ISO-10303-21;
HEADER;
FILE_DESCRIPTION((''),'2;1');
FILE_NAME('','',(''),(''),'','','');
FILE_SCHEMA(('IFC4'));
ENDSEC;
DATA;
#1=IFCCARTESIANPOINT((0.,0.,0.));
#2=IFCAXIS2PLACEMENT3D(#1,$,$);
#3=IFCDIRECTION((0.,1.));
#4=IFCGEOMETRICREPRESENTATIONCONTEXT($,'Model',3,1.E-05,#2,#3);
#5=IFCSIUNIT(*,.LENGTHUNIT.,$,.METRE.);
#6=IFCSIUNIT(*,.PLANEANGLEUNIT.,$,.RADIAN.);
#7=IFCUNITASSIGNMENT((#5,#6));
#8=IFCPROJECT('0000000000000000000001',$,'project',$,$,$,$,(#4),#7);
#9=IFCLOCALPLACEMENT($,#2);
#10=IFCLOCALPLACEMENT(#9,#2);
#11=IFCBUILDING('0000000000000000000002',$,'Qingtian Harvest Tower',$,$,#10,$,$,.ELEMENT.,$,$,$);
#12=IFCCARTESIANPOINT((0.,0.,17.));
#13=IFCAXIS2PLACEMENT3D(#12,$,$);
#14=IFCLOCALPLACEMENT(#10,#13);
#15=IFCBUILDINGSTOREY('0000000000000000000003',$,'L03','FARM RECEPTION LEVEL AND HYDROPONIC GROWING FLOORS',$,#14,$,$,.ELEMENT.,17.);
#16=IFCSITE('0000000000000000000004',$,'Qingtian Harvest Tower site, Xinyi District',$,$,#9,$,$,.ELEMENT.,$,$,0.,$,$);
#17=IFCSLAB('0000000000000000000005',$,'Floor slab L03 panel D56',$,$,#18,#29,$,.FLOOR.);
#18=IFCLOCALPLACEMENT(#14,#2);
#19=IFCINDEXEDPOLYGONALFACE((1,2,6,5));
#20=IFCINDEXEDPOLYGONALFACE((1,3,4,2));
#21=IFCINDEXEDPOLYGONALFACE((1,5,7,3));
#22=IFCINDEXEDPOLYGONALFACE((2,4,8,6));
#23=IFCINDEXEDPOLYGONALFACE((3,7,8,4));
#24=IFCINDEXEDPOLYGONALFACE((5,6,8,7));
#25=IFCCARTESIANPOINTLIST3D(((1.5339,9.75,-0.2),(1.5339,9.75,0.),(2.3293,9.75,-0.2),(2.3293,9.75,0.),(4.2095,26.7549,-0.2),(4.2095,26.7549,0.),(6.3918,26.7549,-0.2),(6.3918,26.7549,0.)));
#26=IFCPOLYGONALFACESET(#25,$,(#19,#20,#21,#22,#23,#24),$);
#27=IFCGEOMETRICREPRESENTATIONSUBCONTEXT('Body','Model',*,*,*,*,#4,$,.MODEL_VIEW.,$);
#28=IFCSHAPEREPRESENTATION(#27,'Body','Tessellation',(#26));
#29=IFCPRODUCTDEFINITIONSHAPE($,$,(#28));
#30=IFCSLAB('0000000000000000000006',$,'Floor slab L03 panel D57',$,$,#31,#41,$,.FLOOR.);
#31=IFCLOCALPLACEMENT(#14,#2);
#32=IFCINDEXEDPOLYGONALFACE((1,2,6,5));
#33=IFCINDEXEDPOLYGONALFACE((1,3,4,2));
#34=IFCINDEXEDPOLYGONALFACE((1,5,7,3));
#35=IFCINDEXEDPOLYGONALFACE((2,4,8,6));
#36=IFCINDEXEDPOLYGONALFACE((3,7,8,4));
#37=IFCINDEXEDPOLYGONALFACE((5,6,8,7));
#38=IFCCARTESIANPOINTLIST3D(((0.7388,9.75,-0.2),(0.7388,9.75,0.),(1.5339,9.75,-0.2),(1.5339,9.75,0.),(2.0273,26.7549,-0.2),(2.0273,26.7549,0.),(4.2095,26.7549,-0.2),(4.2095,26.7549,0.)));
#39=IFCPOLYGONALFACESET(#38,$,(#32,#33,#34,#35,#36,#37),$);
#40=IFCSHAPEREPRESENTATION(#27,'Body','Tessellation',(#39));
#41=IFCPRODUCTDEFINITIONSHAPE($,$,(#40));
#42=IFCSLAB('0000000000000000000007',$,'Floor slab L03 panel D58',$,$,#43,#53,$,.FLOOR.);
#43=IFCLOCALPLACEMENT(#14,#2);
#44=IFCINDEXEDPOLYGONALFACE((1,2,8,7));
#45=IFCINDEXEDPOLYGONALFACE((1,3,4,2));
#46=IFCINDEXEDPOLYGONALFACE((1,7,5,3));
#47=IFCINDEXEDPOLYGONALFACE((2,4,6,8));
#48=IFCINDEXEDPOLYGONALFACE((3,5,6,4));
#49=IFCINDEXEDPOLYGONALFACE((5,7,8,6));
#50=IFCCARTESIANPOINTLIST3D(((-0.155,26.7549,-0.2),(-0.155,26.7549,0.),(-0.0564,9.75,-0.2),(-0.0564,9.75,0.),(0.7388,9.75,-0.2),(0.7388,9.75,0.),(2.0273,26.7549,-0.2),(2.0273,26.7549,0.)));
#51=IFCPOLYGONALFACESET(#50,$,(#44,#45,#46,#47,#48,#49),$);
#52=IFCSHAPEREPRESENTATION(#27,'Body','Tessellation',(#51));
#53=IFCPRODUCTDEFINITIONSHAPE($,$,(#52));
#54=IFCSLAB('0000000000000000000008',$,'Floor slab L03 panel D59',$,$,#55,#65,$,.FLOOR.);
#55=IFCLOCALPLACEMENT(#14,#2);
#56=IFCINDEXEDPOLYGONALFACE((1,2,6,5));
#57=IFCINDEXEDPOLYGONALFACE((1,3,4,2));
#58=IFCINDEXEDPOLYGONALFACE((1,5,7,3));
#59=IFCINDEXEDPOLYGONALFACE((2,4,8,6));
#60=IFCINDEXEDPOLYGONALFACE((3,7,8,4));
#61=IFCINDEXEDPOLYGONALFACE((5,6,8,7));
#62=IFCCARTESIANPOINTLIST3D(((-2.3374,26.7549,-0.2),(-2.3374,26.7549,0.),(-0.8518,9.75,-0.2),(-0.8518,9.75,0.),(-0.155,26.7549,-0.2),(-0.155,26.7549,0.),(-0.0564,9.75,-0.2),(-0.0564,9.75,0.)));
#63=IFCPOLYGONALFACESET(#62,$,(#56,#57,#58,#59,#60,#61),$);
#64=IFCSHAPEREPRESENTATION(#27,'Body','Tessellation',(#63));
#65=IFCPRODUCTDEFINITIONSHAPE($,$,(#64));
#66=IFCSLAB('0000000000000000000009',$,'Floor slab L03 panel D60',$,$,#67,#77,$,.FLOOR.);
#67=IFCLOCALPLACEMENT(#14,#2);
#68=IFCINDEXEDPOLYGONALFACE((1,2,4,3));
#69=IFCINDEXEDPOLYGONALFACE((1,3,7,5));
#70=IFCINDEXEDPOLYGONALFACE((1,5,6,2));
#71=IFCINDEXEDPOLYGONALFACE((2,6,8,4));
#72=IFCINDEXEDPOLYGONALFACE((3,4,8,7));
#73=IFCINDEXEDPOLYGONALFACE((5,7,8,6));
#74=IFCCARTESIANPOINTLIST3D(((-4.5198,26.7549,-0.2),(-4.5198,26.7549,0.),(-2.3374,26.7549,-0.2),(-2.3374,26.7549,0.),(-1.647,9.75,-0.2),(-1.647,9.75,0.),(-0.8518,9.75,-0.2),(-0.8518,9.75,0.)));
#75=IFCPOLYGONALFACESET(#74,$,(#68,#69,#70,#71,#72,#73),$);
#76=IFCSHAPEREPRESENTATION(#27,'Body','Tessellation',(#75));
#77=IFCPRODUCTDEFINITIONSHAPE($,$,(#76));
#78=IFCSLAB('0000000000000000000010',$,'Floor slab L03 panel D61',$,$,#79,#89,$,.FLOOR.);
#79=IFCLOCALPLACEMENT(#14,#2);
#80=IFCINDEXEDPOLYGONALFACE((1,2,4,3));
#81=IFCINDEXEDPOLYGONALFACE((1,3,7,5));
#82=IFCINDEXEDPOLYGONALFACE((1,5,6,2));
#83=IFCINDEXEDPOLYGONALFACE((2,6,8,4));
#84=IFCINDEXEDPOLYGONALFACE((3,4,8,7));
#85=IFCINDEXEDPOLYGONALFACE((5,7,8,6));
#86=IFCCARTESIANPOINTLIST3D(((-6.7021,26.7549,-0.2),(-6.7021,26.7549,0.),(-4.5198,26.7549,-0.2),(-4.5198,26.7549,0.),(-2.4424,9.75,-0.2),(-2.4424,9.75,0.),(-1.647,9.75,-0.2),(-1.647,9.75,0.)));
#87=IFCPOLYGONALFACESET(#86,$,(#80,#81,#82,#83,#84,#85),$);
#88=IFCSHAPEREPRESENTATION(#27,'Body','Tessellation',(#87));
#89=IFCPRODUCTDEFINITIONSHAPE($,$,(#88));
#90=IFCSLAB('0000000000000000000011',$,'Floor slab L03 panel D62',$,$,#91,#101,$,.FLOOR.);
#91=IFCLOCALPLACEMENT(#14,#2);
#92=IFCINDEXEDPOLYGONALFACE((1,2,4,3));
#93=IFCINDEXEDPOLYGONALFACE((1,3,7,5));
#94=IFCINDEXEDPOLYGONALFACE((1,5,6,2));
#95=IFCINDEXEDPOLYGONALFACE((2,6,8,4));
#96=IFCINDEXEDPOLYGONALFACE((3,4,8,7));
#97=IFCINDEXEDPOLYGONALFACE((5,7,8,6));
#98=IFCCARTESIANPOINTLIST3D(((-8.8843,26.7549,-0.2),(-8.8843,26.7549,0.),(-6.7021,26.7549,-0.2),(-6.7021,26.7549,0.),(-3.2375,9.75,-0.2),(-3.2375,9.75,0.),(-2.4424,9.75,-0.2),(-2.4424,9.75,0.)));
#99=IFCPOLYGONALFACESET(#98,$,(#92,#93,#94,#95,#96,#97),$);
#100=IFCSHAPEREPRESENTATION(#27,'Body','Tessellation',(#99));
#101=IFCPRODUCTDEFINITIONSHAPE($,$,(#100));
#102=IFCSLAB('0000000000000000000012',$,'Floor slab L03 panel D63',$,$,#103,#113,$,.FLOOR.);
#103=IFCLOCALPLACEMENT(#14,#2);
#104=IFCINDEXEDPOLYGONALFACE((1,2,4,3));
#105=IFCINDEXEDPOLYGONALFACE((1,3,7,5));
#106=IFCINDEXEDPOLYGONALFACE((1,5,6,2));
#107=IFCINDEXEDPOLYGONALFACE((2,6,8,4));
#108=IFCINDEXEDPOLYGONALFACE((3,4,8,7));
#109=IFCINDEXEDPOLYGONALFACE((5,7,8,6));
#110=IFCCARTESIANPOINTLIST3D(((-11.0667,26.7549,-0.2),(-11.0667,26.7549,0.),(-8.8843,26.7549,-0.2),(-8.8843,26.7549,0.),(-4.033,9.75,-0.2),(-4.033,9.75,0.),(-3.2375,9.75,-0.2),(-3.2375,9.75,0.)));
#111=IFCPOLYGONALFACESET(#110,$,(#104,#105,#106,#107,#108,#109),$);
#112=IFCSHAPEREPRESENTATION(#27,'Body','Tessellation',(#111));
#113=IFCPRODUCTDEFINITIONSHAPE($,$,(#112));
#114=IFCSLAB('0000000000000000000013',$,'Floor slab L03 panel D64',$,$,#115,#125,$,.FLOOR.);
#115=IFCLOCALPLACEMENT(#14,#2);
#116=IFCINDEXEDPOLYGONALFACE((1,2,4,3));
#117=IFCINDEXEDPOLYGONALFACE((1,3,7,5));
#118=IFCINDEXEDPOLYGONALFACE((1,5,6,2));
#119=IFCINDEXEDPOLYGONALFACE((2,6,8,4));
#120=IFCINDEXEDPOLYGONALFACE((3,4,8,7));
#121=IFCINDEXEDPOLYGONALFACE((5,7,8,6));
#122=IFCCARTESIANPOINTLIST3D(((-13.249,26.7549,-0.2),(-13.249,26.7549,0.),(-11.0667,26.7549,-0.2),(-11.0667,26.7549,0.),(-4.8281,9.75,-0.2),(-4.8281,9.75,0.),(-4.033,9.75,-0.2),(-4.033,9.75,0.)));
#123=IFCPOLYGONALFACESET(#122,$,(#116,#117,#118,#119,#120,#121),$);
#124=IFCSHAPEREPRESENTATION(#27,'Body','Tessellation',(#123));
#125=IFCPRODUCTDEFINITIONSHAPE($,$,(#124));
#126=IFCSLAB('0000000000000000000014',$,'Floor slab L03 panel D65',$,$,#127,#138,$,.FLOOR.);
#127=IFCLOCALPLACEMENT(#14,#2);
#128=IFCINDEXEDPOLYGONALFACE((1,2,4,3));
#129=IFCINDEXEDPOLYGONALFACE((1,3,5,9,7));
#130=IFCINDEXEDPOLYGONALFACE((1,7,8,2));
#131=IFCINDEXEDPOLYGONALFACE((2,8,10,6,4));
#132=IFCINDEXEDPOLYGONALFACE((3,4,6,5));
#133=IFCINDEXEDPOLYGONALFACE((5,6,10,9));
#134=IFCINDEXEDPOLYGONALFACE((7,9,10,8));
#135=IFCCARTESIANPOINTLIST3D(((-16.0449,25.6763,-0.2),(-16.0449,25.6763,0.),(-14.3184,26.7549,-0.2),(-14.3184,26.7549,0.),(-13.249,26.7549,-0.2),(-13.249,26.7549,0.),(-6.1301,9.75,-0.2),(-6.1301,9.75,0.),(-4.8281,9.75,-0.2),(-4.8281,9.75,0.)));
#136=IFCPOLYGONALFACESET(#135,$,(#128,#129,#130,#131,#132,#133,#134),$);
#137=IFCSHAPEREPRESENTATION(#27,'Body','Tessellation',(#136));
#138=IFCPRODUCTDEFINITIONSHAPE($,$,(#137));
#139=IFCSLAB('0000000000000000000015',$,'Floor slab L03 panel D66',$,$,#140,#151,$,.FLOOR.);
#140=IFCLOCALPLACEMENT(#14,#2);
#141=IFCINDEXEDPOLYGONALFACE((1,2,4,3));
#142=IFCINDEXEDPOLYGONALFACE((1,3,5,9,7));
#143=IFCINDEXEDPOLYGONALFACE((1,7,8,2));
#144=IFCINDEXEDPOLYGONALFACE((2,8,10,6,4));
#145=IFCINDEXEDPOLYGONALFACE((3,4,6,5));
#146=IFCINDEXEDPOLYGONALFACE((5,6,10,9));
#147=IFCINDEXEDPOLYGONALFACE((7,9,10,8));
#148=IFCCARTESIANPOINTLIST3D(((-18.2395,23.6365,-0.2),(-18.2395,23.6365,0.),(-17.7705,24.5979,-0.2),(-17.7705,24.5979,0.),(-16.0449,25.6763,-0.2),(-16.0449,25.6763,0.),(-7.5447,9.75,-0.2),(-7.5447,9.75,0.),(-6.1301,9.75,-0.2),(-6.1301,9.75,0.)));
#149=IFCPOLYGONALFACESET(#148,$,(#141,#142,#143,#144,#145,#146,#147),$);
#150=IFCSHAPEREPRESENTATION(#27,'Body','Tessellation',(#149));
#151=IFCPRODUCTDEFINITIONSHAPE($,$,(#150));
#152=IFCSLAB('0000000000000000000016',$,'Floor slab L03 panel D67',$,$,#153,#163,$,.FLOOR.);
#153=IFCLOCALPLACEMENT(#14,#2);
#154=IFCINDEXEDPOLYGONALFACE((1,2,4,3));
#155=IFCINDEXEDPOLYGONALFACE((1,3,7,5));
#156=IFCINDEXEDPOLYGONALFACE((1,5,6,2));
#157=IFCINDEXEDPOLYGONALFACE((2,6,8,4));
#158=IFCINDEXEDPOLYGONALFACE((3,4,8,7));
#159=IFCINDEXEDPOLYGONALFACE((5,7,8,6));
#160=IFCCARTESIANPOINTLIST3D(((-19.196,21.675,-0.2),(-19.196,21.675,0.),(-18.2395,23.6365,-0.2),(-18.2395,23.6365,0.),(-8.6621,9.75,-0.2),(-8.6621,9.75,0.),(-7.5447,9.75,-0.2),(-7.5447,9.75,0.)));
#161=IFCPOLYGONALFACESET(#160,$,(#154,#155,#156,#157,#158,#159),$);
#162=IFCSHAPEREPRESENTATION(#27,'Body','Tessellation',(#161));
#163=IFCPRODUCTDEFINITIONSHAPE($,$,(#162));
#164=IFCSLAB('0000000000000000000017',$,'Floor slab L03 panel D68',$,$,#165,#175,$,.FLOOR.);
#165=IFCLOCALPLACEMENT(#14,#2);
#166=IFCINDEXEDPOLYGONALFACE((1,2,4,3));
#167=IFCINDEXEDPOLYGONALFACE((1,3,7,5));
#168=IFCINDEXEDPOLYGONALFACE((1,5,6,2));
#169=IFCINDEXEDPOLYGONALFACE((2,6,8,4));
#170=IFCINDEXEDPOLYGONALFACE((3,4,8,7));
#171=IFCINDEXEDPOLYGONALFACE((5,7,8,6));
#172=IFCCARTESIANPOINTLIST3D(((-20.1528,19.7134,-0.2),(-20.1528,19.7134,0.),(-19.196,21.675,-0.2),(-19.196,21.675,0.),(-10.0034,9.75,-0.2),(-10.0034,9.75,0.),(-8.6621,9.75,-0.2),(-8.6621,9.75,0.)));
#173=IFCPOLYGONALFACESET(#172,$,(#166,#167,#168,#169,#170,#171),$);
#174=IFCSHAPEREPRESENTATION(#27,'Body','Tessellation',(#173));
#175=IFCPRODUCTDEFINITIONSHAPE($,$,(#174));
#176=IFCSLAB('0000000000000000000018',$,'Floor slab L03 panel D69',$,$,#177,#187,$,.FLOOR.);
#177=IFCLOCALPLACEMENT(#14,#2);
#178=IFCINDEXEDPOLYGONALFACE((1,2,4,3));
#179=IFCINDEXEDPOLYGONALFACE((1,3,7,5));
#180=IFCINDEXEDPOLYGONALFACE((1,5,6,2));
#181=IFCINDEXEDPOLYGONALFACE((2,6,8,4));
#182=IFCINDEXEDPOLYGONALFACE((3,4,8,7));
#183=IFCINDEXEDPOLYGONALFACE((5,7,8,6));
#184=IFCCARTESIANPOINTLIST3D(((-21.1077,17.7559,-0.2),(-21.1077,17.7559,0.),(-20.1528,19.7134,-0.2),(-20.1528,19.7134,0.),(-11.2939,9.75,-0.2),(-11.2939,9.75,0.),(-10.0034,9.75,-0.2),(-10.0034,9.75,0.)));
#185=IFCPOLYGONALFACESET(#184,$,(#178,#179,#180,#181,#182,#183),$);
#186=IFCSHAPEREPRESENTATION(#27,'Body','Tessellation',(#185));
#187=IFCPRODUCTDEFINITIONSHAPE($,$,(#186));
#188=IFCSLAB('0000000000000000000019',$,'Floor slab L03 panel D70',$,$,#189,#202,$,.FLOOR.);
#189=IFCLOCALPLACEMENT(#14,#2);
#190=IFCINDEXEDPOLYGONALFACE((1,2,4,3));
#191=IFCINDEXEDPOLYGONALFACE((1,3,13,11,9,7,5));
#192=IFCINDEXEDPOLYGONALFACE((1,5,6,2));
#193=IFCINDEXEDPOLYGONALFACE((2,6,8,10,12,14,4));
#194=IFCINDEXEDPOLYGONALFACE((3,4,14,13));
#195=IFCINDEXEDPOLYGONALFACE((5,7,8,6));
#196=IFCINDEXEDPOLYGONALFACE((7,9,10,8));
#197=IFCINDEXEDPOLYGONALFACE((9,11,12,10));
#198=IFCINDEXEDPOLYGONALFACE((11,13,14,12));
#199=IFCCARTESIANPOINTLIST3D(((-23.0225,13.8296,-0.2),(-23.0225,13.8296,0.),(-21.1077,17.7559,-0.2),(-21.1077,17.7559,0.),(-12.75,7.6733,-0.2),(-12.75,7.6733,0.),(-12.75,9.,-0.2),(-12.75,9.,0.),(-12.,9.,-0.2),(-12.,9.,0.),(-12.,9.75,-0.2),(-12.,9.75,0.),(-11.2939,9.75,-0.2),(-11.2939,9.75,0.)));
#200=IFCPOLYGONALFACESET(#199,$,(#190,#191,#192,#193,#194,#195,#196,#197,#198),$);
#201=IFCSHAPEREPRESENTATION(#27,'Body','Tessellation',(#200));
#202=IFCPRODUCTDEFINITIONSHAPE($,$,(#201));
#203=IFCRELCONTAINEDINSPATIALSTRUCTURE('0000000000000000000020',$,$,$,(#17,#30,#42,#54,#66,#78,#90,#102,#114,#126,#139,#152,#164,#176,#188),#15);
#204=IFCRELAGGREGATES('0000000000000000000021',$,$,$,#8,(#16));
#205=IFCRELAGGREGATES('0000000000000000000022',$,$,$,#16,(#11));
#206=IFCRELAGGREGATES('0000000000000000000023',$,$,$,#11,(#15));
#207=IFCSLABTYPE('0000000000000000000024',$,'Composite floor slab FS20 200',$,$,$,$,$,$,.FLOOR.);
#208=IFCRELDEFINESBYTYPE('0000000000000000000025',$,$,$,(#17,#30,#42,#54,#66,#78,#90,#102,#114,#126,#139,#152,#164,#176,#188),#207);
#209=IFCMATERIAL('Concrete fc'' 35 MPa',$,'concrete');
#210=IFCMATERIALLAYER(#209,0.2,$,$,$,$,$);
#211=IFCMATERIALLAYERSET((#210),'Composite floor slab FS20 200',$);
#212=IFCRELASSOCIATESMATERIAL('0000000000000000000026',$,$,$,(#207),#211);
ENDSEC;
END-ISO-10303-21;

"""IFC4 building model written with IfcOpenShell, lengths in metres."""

from ifc_helpers import new_model, si_unit, direction, frame, origin, place, context, subcontext, project, spatial, polyline, outline, extrude, material, layer, layer_set, type_object, element, save


model = new_model("IFC4")

# Units and contexts
model_context = context("Model", 3, precision=1e-05, world=origin(), true_north=direction((0.0, 1.0)))
body_context = subcontext(model_context, "Body", "Model", "MODEL_VIEW")
ifc_project = project(units=[si_unit("LENGTHUNIT", "METRE"), si_unit("PLANEANGLEUNIT", "RADIAN")], contexts=[model_context])

# Site, building, storey
site_placement = place(None, origin())
site = spatial("IfcSite", under=ifc_project, at=site_placement, Name="Qingtian Harvest Tower site, Xinyi District", CompositionType="ELEMENT", RefElevation=0.0)
building_placement = place(site_placement, origin())
building = spatial("IfcBuilding", under=site, at=building_placement, Name="Qingtian Harvest Tower", CompositionType="ELEMENT")
storey_placement = place(building_placement, frame((0.0, 0.0, 17.0)))
storey = spatial("IfcBuildingStorey", under=building, at=storey_placement, Name="L03", Description="FARM RECEPTION LEVEL AND HYDROPONIC GROWING FLOORS", CompositionType="ELEMENT", Elevation=17.0)

# Slabs
ifc_material = material(Name="Concrete fc' 35 MPa", Category="concrete")
ifc_layer = layer(ifc_material, 0.2)
ifc_layer_set = layer_set([ifc_layer], Name="Composite floor slab FS20 200")
slab_type = type_object("IfcSlabType", Name="Composite floor slab FS20 200", PredefinedType="FLOOR", material=ifc_layer_set)
slab_1_placement = place(storey_placement, frame((0.0, 0.0, -0.2)))
element("IfcSlab", 1, at=slab_1_placement, inside=storey, type_object=slab_type, Name="Floor slab L03 panel D56", PredefinedType="FLOOR", context=body_context, shape_type="SweptSolid", body=[
    extrude(outline(polyline([(1.5339, 9.75), (4.2095, 26.7549), (6.3918, 26.7549), (2.3293, 9.75), (1.5339, 9.75)])), origin(), (0.0, 0.0, 1.0), 0.2),
])
slab_2_placement = place(storey_placement, frame((0.0, 0.0, -0.2)))
element("IfcSlab", 2, at=slab_2_placement, inside=storey, type_object=slab_type, Name="Floor slab L03 panel D57", PredefinedType="FLOOR", context=body_context, shape_type="SweptSolid", body=[
    extrude(outline(polyline([(0.7388, 9.75), (2.0273, 26.7549), (4.2095, 26.7549), (1.5339, 9.75), (0.7388, 9.75)])), origin(), (0.0, 0.0, 1.0), 0.2),
])
slab_3_placement = place(storey_placement, frame((0.0, 0.0, -0.2)))
element("IfcSlab", 3, at=slab_3_placement, inside=storey, type_object=slab_type, Name="Floor slab L03 panel D58", PredefinedType="FLOOR", context=body_context, shape_type="SweptSolid", body=[
    extrude(outline(polyline([(-0.0564, 9.75), (-0.155, 26.7549), (2.0273, 26.7549), (0.7388, 9.75), (-0.0564, 9.75)])), origin(), (0.0, 0.0, 1.0), 0.2),
])
slab_4_placement = place(storey_placement, frame((0.0, 0.0, -0.2)))
element("IfcSlab", 4, at=slab_4_placement, inside=storey, type_object=slab_type, Name="Floor slab L03 panel D59", PredefinedType="FLOOR", context=body_context, shape_type="SweptSolid", body=[
    extrude(outline(polyline([(-0.8518, 9.75), (-2.3374, 26.7549), (-0.155, 26.7549), (-0.0564, 9.75), (-0.8518, 9.75)])), origin(), (0.0, 0.0, 1.0), 0.2),
])
slab_5_placement = place(storey_placement, frame((0.0, 0.0, -0.2)))
element("IfcSlab", 5, at=slab_5_placement, inside=storey, type_object=slab_type, Name="Floor slab L03 panel D60", PredefinedType="FLOOR", context=body_context, shape_type="SweptSolid", body=[
    extrude(outline(polyline([(-1.647, 9.75), (-4.5198, 26.7549), (-2.3374, 26.7549), (-0.8518, 9.75), (-1.647, 9.75)])), origin(), (0.0, 0.0, 1.0), 0.2),
])
slab_6_placement = place(storey_placement, frame((0.0, 0.0, -0.2)))
element("IfcSlab", 6, at=slab_6_placement, inside=storey, type_object=slab_type, Name="Floor slab L03 panel D61", PredefinedType="FLOOR", context=body_context, shape_type="SweptSolid", body=[
    extrude(outline(polyline([(-2.4424, 9.75), (-6.7021, 26.7549), (-4.5198, 26.7549), (-1.647, 9.75), (-2.4424, 9.75)])), origin(), (0.0, 0.0, 1.0), 0.2),
])
slab_7_placement = place(storey_placement, frame((0.0, 0.0, -0.2)))
element("IfcSlab", 7, at=slab_7_placement, inside=storey, type_object=slab_type, Name="Floor slab L03 panel D62", PredefinedType="FLOOR", context=body_context, shape_type="SweptSolid", body=[
    extrude(outline(polyline([(-3.2375, 9.75), (-8.8843, 26.7549), (-6.7021, 26.7549), (-2.4424, 9.75), (-3.2375, 9.75)])), origin(), (0.0, 0.0, 1.0), 0.2),
])
slab_8_placement = place(storey_placement, frame((0.0, 0.0, -0.2)))
element("IfcSlab", 8, at=slab_8_placement, inside=storey, type_object=slab_type, Name="Floor slab L03 panel D63", PredefinedType="FLOOR", context=body_context, shape_type="SweptSolid", body=[
    extrude(outline(polyline([(-4.033, 9.75), (-11.0667, 26.7549), (-8.8843, 26.7549), (-3.2375, 9.75), (-4.033, 9.75)])), origin(), (0.0, 0.0, 1.0), 0.2),
])
slab_9_placement = place(storey_placement, frame((0.0, 0.0, -0.2)))
element("IfcSlab", 9, at=slab_9_placement, inside=storey, type_object=slab_type, Name="Floor slab L03 panel D64", PredefinedType="FLOOR", context=body_context, shape_type="SweptSolid", body=[
    extrude(outline(polyline([(-4.8281, 9.75), (-13.249, 26.7549), (-11.0667, 26.7549), (-4.033, 9.75), (-4.8281, 9.75)])), origin(), (0.0, 0.0, 1.0), 0.2),
])
slab_10_placement = place(storey_placement, frame((0.0, 0.0, -0.2)))
element("IfcSlab", 10, at=slab_10_placement, inside=storey, type_object=slab_type, Name="Floor slab L03 panel D65", PredefinedType="FLOOR", context=body_context, shape_type="SweptSolid", body=[
    extrude(outline(polyline([(-4.8281, 9.75), (-6.1301, 9.75), (-16.0449, 25.6763), (-14.3184, 26.7549), (-13.249, 26.7549), (-4.8281, 9.75)])), origin(), (0.0, 0.0, 1.0), 0.2),
])
slab_11_placement = place(storey_placement, frame((0.0, 0.0, -0.2)))
element("IfcSlab", 11, at=slab_11_placement, inside=storey, type_object=slab_type, Name="Floor slab L03 panel D66", PredefinedType="FLOOR", context=body_context, shape_type="SweptSolid", body=[
    extrude(outline(polyline([(-6.1301, 9.75), (-7.5447, 9.75), (-18.2395, 23.6365), (-17.7705, 24.5979), (-16.0449, 25.6763), (-6.1301, 9.75)])), origin(), (0.0, 0.0, 1.0), 0.2),
])
slab_12_placement = place(storey_placement, frame((0.0, 0.0, -0.2)))
element("IfcSlab", 12, at=slab_12_placement, inside=storey, type_object=slab_type, Name="Floor slab L03 panel D67", PredefinedType="FLOOR", context=body_context, shape_type="SweptSolid", body=[
    extrude(outline(polyline([(-8.6621, 9.75), (-19.196, 21.675), (-18.2395, 23.6365), (-7.5447, 9.75), (-8.6621, 9.75)])), origin(), (0.0, 0.0, 1.0), 0.2),
])
slab_13_placement = place(storey_placement, frame((0.0, 0.0, -0.2)))
element("IfcSlab", 13, at=slab_13_placement, inside=storey, type_object=slab_type, Name="Floor slab L03 panel D68", PredefinedType="FLOOR", context=body_context, shape_type="SweptSolid", body=[
    extrude(outline(polyline([(-10.0034, 9.75), (-20.1528, 19.7134), (-19.196, 21.675), (-8.6621, 9.75), (-10.0034, 9.75)])), origin(), (0.0, 0.0, 1.0), 0.2),
])
slab_14_placement = place(storey_placement, frame((0.0, 0.0, -0.2)))
element("IfcSlab", 14, at=slab_14_placement, inside=storey, type_object=slab_type, Name="Floor slab L03 panel D69", PredefinedType="FLOOR", context=body_context, shape_type="SweptSolid", body=[
    extrude(outline(polyline([(-11.2939, 9.75), (-21.1077, 17.7559), (-20.1528, 19.7134), (-10.0034, 9.75), (-11.2939, 9.75)])), origin(), (0.0, 0.0, 1.0), 0.2),
])
slab_15_placement = place(storey_placement, frame((0.0, 0.0, -0.2)))
element("IfcSlab", 15, at=slab_15_placement, inside=storey, type_object=slab_type, Name="Floor slab L03 panel D70", PredefinedType="FLOOR", context=body_context, shape_type="SweptSolid", body=[
    extrude(outline(polyline([(-12.0, 9.0), (-12.75, 9.0), (-12.75, 7.6733), (-23.0225, 13.8296), (-21.1077, 17.7559), (-11.2939, 9.75), (-12.0, 9.75), (-12.0, 9.0)])), origin(), (0.0, 0.0, 1.0), 0.2),
])

save(model, "model.ifc")
